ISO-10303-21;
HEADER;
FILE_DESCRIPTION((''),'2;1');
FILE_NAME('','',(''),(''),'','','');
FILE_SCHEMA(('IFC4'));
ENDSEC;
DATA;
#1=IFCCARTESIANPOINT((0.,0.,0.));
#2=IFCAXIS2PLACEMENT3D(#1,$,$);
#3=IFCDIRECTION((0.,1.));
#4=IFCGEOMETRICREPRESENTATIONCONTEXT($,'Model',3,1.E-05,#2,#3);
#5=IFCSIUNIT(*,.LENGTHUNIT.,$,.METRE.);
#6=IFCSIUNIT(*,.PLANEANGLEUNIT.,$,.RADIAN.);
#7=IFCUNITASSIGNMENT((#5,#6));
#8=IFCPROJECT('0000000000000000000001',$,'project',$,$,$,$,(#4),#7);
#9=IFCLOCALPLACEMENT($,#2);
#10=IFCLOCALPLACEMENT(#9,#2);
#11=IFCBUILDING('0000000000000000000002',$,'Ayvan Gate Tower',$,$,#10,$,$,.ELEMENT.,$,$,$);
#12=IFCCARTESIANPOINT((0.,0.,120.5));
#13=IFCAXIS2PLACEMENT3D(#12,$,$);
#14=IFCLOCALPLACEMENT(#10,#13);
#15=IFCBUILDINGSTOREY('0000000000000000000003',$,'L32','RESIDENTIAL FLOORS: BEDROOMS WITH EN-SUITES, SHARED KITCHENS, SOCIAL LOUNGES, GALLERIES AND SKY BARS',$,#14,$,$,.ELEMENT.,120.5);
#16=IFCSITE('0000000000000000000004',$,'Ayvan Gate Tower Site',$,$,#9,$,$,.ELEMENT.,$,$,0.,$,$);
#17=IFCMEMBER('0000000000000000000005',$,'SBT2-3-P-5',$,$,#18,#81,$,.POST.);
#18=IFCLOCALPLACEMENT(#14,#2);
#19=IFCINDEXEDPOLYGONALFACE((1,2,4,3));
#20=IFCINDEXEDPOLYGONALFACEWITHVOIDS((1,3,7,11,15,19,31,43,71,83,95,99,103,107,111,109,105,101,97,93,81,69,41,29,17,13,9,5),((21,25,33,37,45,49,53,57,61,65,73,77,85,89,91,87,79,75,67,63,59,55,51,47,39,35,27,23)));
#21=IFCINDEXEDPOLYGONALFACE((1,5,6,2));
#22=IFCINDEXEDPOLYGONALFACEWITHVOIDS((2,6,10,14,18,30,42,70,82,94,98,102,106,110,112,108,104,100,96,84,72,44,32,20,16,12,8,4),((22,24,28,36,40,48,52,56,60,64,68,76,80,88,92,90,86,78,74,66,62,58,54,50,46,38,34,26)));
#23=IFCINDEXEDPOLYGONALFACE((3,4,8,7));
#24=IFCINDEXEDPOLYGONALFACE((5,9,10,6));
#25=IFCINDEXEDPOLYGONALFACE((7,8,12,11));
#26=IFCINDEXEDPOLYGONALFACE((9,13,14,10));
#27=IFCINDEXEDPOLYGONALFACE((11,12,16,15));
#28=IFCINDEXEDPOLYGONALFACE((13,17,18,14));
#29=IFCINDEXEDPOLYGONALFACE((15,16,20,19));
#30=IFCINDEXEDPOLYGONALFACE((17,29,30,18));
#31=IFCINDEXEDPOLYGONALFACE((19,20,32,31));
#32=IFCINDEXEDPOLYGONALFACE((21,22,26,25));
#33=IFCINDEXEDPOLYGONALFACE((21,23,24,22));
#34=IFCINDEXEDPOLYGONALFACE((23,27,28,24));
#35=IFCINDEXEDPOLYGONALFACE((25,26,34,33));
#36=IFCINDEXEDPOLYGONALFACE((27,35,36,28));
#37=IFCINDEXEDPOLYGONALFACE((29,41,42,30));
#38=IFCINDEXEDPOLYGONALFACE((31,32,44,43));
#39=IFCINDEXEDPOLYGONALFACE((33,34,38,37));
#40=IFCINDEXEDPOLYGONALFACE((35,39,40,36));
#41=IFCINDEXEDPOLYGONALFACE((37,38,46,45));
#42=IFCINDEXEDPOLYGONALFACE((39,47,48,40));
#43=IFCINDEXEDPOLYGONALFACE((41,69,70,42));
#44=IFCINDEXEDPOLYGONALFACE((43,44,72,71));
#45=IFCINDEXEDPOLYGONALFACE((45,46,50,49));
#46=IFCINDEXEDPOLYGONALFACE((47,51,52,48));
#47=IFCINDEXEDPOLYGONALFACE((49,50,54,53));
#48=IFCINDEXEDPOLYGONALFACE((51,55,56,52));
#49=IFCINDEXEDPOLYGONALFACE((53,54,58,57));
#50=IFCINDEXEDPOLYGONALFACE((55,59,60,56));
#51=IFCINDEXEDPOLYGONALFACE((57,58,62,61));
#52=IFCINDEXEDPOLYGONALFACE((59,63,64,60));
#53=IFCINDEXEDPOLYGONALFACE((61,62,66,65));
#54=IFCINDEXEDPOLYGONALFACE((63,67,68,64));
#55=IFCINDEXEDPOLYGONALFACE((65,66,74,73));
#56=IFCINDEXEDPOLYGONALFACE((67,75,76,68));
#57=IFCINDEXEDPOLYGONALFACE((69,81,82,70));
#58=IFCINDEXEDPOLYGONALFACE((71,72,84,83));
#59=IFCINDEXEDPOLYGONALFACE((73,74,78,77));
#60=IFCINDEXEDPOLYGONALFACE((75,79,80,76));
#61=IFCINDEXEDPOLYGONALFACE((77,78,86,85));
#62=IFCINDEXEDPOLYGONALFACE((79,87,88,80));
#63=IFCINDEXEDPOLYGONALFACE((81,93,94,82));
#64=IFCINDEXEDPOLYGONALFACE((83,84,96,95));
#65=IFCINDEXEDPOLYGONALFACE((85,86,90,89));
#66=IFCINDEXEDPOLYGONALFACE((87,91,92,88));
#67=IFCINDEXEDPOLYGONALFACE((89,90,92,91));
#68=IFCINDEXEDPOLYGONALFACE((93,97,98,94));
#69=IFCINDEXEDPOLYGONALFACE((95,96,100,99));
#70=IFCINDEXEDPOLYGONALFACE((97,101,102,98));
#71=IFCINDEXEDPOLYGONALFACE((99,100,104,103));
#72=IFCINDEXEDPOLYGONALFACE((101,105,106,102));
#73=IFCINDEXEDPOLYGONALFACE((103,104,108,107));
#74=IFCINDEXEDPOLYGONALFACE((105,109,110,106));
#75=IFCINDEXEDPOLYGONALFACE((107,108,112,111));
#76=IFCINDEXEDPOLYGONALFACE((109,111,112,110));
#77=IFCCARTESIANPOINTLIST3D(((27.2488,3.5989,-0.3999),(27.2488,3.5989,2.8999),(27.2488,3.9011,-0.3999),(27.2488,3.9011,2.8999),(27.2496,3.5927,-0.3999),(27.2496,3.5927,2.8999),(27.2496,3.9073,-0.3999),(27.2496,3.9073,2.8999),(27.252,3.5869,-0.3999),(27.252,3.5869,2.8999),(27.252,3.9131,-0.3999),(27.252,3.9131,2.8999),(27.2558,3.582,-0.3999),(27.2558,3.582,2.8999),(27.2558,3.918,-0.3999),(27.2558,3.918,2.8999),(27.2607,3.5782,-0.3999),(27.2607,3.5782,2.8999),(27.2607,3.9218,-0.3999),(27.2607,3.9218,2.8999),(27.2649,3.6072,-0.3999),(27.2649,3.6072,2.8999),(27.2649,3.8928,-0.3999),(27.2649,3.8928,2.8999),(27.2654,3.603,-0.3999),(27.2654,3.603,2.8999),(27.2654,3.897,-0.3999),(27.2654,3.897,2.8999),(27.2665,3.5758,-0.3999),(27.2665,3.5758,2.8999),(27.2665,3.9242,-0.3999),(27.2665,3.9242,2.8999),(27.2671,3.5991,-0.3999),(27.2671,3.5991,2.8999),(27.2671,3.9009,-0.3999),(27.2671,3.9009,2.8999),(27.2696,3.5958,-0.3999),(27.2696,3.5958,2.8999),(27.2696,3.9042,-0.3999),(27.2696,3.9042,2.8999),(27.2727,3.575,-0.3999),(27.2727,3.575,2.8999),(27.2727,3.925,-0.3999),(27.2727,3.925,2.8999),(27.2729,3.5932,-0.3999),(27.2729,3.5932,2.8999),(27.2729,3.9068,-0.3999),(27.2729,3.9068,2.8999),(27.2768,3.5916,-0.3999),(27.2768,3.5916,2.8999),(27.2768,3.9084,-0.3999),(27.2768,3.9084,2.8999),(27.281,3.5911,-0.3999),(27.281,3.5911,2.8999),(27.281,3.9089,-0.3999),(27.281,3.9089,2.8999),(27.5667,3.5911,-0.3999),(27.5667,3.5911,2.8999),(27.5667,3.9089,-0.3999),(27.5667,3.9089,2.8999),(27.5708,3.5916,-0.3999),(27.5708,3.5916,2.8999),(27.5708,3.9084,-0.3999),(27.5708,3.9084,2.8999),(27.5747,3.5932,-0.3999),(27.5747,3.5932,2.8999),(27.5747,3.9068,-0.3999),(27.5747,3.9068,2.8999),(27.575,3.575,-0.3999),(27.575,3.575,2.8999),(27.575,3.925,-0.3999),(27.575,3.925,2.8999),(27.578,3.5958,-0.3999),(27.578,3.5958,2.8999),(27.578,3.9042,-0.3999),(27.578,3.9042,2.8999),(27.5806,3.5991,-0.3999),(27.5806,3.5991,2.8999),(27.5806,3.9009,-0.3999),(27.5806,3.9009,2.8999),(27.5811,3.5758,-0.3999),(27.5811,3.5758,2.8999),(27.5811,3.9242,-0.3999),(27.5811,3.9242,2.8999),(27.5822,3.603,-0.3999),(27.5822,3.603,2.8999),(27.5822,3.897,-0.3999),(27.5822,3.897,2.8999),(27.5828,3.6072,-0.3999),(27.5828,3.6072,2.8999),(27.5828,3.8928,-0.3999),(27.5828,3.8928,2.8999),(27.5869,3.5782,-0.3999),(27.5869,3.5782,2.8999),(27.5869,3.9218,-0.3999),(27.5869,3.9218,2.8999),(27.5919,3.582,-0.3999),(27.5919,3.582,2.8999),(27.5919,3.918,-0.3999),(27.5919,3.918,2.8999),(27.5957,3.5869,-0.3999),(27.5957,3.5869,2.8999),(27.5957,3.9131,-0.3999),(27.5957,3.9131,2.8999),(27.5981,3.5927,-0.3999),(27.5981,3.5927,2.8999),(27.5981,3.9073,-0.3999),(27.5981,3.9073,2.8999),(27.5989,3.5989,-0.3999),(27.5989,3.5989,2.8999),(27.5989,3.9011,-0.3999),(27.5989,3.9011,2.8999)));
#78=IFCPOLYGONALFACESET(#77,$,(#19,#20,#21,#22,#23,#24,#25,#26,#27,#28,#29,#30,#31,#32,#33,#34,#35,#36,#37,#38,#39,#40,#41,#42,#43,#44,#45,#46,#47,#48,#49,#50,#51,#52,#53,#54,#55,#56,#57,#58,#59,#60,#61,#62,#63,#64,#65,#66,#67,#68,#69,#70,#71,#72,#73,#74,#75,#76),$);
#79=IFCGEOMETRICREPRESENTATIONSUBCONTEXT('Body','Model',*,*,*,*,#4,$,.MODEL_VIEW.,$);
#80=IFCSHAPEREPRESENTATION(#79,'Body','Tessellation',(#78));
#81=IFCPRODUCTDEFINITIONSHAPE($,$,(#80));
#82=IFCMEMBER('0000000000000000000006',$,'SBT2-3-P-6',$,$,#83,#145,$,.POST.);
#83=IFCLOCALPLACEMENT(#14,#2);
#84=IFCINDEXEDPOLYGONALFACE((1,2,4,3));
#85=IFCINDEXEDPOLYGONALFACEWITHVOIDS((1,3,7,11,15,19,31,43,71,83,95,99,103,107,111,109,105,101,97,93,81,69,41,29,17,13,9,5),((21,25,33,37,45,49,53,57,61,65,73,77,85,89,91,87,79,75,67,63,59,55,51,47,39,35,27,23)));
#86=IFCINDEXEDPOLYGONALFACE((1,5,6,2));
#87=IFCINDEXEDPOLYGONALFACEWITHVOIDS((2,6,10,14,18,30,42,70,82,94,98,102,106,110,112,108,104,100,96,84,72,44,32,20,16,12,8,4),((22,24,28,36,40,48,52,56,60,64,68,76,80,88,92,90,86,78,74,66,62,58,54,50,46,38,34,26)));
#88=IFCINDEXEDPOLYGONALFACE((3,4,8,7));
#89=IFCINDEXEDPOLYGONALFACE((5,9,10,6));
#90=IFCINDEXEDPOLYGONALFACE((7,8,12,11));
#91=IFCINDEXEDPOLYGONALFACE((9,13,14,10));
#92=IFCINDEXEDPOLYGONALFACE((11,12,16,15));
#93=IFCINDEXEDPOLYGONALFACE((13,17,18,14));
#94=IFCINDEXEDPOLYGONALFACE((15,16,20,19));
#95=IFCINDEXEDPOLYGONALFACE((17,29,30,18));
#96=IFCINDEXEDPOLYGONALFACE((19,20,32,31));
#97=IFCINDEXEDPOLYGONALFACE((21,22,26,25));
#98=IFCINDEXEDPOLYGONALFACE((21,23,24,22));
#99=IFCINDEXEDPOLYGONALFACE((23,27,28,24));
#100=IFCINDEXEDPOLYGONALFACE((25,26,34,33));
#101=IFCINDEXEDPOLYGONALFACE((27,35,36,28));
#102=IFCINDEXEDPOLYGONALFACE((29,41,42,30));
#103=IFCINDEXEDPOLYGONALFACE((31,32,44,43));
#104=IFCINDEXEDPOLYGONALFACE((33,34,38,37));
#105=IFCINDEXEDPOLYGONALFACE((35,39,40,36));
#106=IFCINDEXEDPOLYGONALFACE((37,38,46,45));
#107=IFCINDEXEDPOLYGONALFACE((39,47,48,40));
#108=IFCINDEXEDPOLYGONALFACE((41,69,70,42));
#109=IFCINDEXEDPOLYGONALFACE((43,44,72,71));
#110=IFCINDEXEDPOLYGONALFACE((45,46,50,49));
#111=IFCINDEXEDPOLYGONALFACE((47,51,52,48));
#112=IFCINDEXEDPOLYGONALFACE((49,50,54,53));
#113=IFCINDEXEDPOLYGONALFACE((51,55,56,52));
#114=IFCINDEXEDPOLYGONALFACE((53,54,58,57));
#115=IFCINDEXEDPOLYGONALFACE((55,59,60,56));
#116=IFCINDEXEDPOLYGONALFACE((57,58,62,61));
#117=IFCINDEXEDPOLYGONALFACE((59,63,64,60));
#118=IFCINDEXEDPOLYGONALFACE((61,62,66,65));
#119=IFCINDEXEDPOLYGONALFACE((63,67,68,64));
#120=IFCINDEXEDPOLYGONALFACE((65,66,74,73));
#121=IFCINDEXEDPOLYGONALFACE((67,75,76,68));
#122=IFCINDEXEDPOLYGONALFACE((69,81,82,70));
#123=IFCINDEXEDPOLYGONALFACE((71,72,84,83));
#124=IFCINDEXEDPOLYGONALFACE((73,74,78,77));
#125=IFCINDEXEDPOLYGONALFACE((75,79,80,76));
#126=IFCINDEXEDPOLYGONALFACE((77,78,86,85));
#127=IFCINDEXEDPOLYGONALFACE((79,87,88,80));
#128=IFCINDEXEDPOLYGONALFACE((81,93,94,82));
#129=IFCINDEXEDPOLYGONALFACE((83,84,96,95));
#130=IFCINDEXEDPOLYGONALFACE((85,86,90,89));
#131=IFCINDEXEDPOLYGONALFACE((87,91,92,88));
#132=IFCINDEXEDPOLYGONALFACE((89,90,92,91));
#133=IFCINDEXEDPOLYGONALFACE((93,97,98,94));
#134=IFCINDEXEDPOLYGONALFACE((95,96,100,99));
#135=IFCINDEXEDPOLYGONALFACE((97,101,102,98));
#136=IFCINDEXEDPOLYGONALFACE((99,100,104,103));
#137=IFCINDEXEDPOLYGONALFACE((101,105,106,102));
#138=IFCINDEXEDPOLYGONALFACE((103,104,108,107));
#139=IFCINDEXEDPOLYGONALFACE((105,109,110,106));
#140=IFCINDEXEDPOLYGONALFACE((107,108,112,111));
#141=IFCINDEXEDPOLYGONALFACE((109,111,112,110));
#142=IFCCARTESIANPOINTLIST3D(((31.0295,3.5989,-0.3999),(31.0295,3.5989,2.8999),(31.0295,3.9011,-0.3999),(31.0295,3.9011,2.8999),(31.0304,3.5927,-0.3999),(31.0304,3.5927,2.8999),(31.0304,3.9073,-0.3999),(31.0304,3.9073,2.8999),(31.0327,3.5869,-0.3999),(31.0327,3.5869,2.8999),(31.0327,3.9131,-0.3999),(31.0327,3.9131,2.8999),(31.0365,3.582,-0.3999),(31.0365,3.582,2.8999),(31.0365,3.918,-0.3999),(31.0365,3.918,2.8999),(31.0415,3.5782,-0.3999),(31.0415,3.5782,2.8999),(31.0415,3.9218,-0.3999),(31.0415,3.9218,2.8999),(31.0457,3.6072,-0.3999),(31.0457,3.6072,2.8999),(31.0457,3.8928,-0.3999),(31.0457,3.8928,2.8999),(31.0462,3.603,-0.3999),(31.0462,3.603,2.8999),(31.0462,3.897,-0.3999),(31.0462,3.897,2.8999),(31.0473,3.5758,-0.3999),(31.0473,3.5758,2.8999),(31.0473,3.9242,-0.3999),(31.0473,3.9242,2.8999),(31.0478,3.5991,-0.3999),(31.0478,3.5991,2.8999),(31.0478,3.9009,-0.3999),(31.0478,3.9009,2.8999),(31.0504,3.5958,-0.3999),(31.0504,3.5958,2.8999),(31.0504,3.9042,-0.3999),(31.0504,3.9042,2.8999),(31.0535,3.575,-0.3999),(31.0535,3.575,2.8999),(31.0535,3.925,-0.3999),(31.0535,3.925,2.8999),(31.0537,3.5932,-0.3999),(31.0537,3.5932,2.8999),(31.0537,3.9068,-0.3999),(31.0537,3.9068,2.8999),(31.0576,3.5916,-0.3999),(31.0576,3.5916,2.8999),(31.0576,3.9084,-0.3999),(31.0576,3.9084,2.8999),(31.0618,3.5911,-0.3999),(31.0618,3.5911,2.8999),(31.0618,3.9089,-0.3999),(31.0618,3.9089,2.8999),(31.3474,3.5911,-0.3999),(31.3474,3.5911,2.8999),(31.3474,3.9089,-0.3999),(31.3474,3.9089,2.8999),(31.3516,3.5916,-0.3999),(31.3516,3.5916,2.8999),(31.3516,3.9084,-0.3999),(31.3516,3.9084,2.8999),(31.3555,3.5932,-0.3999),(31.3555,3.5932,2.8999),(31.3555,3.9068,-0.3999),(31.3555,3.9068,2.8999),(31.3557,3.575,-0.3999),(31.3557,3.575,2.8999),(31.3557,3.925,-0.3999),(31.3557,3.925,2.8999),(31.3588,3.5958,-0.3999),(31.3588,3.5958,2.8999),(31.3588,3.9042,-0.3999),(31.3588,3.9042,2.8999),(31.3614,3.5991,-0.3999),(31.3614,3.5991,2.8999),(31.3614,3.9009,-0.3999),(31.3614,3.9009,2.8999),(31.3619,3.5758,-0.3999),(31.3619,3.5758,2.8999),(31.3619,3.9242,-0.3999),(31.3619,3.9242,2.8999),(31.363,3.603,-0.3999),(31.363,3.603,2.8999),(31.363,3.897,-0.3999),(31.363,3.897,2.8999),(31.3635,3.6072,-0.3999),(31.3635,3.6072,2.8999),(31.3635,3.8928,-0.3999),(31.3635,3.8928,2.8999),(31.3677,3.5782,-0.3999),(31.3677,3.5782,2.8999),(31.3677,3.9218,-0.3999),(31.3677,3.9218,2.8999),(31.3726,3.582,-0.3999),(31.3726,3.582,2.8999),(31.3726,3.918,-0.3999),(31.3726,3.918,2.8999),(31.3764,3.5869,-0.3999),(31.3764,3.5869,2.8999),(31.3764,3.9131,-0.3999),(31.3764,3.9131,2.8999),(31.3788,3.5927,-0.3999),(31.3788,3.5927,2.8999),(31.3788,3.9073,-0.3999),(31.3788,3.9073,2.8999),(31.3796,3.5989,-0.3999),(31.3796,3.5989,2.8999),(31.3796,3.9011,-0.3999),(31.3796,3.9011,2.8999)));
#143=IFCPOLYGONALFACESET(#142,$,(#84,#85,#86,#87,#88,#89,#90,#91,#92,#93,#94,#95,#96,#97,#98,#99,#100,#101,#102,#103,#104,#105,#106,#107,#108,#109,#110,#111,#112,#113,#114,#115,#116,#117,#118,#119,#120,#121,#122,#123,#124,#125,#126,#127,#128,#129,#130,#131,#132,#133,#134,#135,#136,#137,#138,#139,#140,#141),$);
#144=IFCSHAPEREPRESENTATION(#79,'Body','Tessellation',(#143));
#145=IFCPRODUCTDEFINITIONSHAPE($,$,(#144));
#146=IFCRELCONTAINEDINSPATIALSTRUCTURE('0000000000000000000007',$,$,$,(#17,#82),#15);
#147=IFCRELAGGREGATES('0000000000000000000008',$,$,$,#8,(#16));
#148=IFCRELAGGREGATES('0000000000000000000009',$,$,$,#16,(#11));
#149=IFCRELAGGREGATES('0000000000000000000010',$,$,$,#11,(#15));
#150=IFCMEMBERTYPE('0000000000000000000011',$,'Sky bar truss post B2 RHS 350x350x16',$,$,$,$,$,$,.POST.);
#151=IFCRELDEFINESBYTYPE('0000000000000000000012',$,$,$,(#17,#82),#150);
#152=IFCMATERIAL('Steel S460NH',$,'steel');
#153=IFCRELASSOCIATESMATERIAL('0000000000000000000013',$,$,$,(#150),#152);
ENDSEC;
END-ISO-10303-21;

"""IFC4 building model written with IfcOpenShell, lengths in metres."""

from ifc_helpers import new_model, si_unit, direction, frame, origin, origin_2d, place, context, subcontext, project, spatial, hollow_rectangle, extrude, material, material_profile, profile_set, type_object, element, save


model = new_model("IFC4")

# Units and contexts
model_context = context("Model", 3, precision=1e-05, world=origin(), true_north=direction((0.0, 1.0)))
body_context = subcontext(model_context, "Body", "Model", "MODEL_VIEW")
ifc_project = project(units=[si_unit("LENGTHUNIT", "METRE"), si_unit("PLANEANGLEUNIT", "RADIAN")], contexts=[model_context])

# Site, building, storey
site_placement = place(None, origin())
site = spatial("IfcSite", under=ifc_project, at=site_placement, Name="Ayvan Gate Tower Site", CompositionType="ELEMENT", RefElevation=0.0)
building_placement = place(site_placement, origin())
building = spatial("IfcBuilding", under=site, at=building_placement, Name="Ayvan Gate Tower", CompositionType="ELEMENT")
storey_placement = place(building_placement, frame((0.0, 0.0, 120.5)))
storey = spatial("IfcBuildingStorey", under=building, at=storey_placement, Name="L32", Description="RESIDENTIAL FLOORS: BEDROOMS WITH EN-SUITES, SHARED KITCHENS, SOCIAL LOUNGES, GALLERIES AND SKY BARS", CompositionType="ELEMENT", Elevation=120.5)

# Members
ifc_material_1 = material(Name="Steel S460NH", Category="steel")
ifc_material_profile_1 = material_profile(ifc_material_1, hollow_rectangle(XDim=0.3501, YDim=0.3501, WallThickness=0.0161, InnerFilletRadius=0.0161, OuterFilletRadius=0.0239, at=origin_2d()), Name="RHS 350x350x16")
ifc_profile_set_1 = profile_set([ifc_material_profile_1], Name="Steel S460NH")
member_type_1 = type_object("IfcMemberType", Name="Sky bar truss post B2 RHS 350x350x16", PredefinedType="POST", material=ifc_profile_set_1)
for number, where, z_axis, x_axis, name in (
    (1, (27.4238, 3.75, -0.3999), (0.0, 0.0, 1.0), (1.0, 0.0, 0.0), "SBT2-3-P-5"),
    (2, (31.2046, 3.75, -0.3999), (0.0, 0.0, 1.0), (1.0, 0.0, 0.0), "SBT2-3-P-6"),
):
    element("IfcMember", number, at=place(storey_placement, frame(where, z_axis=z_axis, x_axis=x_axis)), inside=storey, type_object=member_type_1, Name=name, PredefinedType="POST", context=body_context, shape_type="SweptSolid", body=[
        extrude(hollow_rectangle(XDim=0.3501, YDim=0.3501, WallThickness=0.0161, InnerFilletRadius=0.0161, OuterFilletRadius=0.0239, at=origin_2d()), origin(), (0.0, 0.0, 1.0), 3.2998),
    ])

save(model, "model.ifc")
